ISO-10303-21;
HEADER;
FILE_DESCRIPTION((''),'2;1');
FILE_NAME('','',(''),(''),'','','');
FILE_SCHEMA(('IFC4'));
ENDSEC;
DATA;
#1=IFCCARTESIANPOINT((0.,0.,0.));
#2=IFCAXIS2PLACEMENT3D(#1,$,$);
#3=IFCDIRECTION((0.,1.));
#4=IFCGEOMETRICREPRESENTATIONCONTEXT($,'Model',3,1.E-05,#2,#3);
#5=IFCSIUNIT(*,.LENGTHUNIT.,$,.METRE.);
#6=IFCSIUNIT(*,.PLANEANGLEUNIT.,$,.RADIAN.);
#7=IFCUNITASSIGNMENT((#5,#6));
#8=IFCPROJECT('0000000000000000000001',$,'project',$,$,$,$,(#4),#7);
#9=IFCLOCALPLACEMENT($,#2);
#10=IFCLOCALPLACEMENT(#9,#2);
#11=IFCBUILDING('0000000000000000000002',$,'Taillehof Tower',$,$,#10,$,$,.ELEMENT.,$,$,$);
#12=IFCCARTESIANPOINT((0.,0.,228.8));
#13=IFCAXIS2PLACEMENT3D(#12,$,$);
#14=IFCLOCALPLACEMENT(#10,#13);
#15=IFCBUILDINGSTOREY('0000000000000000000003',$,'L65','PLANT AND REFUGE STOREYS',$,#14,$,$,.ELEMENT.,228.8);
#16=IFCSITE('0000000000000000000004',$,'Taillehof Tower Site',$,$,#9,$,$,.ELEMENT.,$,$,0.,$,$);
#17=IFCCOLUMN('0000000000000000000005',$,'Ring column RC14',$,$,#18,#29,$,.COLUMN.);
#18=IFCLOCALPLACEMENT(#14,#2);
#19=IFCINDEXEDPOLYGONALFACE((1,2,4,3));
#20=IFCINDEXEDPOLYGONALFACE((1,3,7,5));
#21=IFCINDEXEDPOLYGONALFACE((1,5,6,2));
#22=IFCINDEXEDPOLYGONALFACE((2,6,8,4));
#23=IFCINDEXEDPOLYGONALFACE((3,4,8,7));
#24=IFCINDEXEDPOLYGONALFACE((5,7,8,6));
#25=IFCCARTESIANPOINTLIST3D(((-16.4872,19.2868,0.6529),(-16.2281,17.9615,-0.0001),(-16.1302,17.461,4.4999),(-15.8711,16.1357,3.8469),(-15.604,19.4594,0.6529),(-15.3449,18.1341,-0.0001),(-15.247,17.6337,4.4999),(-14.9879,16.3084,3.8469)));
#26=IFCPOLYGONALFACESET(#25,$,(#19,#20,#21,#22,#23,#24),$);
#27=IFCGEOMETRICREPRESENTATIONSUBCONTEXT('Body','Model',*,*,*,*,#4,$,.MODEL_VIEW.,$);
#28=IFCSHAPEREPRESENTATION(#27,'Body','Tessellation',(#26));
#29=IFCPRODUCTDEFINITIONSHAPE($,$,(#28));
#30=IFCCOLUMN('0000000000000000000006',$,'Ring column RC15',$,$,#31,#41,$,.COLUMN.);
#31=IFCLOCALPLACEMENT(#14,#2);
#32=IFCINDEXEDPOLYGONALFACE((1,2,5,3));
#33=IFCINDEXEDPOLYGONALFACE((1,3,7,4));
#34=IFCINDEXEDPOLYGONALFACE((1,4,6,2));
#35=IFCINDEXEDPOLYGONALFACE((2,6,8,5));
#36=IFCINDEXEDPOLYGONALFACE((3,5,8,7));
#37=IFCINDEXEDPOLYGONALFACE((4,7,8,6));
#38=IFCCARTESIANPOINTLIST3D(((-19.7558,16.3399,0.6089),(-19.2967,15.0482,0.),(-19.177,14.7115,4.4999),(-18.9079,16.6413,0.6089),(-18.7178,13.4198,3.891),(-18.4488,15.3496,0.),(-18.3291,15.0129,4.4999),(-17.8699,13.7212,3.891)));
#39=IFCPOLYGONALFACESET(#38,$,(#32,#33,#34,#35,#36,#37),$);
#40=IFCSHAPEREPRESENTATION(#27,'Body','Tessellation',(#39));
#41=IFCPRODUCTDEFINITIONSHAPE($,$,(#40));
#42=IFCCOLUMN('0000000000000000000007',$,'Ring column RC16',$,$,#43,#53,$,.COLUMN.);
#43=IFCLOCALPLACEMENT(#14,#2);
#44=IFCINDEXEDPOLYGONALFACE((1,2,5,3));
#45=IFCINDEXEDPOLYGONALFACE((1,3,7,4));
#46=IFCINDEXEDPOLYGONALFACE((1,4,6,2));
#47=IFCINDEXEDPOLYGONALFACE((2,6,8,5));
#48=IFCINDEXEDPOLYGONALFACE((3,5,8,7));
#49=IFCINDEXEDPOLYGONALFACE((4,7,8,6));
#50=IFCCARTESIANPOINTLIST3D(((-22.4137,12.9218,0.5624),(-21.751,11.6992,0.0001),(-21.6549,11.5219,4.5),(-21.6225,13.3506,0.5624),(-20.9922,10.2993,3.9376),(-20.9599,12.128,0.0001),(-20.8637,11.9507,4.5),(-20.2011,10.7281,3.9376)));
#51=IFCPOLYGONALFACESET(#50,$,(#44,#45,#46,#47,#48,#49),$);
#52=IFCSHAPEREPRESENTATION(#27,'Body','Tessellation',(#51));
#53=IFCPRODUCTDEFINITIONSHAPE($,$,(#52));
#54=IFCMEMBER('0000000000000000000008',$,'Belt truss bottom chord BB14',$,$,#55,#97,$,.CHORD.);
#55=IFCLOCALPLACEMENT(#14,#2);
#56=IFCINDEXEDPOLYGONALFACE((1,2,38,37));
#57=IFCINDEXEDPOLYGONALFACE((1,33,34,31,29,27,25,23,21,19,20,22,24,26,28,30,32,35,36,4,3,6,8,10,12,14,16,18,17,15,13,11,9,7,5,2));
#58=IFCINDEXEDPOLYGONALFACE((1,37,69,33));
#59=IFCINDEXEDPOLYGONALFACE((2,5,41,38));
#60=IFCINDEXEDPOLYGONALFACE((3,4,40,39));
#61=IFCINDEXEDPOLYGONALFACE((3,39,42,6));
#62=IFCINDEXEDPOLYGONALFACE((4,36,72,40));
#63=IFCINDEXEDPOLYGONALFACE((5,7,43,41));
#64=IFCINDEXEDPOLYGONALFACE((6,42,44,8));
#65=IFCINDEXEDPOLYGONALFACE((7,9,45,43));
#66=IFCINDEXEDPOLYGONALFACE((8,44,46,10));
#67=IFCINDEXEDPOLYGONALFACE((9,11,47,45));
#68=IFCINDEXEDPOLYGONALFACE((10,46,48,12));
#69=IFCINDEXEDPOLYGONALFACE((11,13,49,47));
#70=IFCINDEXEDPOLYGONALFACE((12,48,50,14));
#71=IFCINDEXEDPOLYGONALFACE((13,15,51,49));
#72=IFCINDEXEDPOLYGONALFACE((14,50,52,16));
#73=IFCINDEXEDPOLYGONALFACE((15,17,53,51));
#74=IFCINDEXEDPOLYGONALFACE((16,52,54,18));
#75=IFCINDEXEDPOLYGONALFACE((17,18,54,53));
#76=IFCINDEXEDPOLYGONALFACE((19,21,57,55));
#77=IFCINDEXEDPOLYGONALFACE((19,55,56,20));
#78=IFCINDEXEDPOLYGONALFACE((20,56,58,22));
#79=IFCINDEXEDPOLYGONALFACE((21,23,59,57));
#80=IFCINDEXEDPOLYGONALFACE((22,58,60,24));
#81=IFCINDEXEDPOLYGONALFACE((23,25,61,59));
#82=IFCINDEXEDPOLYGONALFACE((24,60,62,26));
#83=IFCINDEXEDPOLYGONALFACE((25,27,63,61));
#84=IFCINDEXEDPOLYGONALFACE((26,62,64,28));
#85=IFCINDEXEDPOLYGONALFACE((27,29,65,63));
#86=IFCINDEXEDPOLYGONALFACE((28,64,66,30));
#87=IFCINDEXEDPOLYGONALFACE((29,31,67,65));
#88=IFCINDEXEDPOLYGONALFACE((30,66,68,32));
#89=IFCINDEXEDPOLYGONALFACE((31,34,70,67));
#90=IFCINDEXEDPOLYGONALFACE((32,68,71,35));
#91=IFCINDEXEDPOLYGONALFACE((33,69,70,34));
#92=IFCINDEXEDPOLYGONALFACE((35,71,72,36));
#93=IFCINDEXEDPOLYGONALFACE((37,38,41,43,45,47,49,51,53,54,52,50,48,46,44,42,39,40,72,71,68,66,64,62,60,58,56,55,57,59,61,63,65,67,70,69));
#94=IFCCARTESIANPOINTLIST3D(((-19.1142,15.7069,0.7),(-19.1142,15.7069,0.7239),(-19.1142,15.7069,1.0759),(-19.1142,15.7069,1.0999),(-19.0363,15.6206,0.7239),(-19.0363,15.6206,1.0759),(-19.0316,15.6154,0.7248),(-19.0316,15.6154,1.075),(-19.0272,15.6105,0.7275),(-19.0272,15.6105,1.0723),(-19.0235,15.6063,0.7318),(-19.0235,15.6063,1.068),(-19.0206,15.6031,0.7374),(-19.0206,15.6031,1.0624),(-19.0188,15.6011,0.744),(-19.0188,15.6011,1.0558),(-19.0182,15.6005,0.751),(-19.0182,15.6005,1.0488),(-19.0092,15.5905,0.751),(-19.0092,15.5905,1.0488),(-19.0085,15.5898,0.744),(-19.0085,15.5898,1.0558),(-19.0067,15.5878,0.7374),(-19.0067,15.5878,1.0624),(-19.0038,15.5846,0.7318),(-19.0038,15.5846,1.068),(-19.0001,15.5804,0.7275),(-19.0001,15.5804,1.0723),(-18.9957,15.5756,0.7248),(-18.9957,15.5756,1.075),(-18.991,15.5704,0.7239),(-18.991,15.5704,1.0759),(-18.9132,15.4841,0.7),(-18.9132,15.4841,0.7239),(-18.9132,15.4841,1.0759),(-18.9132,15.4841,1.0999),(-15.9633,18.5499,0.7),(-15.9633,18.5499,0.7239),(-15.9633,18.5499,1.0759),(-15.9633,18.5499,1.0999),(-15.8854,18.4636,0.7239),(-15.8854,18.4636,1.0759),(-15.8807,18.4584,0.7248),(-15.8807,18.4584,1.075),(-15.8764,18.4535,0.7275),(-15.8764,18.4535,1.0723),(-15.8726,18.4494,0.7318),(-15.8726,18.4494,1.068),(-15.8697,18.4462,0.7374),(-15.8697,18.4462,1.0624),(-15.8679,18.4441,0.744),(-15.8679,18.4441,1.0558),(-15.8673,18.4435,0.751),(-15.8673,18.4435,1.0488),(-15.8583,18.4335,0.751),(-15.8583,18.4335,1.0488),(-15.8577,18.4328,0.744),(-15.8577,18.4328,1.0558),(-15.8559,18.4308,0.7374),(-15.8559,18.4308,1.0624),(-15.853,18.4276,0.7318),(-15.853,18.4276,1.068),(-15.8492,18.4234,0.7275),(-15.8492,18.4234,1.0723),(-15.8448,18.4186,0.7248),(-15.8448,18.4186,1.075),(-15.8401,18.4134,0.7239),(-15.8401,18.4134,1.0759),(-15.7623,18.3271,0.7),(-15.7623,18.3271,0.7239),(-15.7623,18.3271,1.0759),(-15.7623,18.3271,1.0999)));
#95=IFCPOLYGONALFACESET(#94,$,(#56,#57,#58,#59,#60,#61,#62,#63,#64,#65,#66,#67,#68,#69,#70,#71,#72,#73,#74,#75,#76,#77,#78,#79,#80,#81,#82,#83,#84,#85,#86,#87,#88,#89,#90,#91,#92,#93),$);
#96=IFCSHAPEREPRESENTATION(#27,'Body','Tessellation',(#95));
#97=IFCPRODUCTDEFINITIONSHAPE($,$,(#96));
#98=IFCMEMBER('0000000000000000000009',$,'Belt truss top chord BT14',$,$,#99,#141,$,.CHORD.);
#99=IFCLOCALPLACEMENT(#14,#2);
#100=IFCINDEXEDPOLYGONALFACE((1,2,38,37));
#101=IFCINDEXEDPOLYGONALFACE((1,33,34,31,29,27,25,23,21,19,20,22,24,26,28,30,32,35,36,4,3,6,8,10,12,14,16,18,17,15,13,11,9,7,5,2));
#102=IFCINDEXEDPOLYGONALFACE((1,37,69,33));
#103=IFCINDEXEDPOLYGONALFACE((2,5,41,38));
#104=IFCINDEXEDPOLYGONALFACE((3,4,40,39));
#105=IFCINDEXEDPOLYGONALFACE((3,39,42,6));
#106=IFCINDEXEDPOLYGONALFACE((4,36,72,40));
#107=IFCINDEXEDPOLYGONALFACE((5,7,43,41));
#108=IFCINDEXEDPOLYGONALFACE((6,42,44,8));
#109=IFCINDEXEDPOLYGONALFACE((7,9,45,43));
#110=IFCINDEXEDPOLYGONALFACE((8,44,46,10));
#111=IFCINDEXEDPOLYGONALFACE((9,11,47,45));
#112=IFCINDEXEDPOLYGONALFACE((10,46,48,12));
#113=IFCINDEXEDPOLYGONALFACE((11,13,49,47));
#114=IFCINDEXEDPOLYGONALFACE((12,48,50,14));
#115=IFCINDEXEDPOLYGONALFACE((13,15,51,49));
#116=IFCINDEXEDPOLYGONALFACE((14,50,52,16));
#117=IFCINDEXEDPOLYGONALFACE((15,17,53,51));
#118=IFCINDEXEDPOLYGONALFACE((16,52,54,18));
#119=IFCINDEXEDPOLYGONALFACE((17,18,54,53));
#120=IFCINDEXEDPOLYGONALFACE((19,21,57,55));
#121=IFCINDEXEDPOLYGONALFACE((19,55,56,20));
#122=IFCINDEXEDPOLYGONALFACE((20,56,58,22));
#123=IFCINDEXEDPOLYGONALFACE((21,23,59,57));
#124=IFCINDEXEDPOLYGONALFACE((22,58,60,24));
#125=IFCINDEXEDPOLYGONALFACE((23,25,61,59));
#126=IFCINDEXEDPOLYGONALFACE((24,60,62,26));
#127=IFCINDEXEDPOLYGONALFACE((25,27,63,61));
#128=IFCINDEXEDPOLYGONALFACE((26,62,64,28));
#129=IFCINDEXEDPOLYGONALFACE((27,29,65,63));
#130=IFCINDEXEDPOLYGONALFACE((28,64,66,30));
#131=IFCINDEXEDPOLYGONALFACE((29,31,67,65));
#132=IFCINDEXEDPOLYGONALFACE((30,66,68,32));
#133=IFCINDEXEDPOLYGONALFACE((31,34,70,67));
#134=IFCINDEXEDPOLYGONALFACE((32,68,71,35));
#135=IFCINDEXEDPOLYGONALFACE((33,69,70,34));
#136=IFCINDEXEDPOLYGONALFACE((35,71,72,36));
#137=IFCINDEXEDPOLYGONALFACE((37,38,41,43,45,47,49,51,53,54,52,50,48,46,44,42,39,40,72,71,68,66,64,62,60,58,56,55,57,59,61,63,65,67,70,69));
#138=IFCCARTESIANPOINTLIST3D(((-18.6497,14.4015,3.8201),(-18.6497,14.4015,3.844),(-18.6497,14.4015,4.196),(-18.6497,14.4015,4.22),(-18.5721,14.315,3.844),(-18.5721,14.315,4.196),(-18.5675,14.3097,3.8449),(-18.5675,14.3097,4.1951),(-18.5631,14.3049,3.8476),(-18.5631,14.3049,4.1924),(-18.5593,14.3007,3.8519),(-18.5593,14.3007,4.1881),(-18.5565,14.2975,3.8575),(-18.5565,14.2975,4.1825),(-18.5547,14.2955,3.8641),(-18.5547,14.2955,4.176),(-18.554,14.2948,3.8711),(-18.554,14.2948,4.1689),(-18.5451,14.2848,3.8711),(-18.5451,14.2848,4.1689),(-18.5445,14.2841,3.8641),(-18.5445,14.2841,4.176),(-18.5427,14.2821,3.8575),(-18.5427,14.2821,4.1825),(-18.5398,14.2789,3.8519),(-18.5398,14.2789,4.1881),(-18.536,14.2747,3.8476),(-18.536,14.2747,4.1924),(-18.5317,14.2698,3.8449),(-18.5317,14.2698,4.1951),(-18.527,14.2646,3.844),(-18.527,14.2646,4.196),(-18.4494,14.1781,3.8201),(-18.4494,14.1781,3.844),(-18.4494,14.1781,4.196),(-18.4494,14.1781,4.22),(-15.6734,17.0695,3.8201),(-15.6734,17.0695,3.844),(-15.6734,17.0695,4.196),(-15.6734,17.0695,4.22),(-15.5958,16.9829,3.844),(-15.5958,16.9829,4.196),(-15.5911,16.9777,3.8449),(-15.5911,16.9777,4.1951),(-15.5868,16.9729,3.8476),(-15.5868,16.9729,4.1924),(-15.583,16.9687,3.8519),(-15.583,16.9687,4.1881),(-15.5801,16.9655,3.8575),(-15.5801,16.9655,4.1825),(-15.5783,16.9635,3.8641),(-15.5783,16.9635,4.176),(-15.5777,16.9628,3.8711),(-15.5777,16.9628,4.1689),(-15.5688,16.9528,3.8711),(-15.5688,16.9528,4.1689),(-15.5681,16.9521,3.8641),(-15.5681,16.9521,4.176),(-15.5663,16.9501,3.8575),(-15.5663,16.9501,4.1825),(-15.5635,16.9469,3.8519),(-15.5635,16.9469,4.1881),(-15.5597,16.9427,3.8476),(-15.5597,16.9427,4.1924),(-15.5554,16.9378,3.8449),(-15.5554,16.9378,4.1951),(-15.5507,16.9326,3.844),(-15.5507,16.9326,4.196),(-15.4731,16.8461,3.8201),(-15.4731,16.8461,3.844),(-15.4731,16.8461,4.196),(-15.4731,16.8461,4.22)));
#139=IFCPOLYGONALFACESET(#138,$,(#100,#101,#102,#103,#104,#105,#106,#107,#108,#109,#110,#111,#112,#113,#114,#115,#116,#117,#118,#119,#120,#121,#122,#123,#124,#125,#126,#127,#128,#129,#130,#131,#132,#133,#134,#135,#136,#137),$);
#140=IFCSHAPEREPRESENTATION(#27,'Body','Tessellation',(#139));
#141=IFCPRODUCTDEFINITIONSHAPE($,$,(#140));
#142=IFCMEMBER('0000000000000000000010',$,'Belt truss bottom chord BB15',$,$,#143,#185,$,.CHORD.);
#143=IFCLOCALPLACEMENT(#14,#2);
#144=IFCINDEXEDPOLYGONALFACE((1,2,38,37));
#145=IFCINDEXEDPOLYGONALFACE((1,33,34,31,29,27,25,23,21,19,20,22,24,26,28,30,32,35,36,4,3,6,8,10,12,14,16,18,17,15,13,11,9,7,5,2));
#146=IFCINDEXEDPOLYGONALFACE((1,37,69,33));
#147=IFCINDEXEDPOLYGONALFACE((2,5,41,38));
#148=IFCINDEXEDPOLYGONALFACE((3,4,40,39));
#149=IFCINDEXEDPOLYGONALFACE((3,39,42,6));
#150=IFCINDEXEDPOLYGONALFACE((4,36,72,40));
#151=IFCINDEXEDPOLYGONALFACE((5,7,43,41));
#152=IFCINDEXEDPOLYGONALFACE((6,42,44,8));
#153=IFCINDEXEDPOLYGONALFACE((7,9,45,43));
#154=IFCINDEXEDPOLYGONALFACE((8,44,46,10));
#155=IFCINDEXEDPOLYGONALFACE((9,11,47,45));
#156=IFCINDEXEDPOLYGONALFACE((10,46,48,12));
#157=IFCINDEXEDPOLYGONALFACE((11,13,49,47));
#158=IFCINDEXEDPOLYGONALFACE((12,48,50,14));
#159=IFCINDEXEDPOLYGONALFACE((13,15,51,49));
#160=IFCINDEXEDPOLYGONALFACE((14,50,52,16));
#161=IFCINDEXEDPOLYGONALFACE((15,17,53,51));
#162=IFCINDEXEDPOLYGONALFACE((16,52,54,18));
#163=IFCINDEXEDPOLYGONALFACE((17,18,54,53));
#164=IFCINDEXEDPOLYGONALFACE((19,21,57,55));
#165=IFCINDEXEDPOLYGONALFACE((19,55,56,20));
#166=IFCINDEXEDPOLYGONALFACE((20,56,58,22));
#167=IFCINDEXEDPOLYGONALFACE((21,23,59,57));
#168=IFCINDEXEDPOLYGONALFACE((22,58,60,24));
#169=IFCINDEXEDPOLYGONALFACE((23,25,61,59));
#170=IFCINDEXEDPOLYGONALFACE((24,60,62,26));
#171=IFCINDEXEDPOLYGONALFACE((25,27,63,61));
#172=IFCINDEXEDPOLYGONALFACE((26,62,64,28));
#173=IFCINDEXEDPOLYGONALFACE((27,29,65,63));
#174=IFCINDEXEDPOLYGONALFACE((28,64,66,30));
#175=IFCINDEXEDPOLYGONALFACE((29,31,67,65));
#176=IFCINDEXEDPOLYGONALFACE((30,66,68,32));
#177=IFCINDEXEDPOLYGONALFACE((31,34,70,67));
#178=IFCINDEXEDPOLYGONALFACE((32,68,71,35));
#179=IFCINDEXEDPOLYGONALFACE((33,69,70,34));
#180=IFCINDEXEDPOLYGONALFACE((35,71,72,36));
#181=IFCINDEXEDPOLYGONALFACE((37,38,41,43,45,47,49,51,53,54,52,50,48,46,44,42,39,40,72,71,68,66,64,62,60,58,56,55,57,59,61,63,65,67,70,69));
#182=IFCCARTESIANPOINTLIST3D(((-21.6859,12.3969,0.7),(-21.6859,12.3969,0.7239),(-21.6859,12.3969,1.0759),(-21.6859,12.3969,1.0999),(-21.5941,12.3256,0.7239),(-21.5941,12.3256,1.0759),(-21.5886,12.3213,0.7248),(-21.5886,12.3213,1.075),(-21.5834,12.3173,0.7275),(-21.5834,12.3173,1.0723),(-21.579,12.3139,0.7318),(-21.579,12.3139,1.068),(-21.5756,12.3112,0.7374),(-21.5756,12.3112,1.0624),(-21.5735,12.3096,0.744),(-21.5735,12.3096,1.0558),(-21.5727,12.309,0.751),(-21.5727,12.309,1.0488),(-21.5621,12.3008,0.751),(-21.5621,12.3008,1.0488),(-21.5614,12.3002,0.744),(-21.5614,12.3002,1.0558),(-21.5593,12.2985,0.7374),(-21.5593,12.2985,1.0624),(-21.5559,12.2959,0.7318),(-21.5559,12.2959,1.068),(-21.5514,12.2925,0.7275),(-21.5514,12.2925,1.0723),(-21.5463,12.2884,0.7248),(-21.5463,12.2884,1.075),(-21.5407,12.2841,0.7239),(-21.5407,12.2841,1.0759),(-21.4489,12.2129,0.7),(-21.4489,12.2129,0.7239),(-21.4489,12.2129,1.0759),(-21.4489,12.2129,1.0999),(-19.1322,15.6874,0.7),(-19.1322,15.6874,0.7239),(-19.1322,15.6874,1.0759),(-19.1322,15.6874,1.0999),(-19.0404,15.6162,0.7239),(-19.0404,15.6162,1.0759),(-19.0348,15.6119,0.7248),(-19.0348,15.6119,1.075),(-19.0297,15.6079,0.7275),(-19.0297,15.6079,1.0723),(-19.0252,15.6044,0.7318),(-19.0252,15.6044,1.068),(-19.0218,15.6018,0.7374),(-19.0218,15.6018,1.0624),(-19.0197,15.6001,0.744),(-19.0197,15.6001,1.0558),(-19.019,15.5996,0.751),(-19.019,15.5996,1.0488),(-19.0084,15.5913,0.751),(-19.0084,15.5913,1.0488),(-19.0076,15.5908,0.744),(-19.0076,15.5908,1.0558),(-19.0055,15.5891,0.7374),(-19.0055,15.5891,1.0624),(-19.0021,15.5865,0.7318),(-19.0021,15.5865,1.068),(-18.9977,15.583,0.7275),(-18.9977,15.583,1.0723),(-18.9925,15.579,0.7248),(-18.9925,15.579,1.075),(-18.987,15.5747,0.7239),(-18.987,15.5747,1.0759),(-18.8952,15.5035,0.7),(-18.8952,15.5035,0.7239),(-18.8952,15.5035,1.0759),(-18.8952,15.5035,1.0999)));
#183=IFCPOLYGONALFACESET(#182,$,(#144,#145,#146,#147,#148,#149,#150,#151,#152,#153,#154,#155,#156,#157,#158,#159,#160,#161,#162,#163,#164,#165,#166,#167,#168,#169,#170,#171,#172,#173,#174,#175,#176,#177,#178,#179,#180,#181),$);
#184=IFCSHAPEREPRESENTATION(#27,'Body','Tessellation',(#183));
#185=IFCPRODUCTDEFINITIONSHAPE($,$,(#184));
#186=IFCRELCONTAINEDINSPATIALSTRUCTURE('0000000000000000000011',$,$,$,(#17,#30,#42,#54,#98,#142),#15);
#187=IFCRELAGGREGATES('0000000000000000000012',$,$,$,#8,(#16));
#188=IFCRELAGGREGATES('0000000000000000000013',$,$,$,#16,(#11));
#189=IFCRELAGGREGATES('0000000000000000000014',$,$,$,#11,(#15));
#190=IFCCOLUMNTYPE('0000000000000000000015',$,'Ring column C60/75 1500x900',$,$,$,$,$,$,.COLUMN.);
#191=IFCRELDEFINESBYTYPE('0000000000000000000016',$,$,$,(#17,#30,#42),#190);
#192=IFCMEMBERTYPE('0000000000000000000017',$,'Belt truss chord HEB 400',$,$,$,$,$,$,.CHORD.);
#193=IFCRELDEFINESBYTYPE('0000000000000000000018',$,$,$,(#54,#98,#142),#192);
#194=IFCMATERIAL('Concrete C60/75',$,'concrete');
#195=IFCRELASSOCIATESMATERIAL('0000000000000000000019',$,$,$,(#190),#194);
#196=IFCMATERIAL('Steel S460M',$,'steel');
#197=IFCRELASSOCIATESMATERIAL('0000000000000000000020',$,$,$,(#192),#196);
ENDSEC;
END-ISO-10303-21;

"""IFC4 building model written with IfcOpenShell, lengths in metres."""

from ifc_helpers import new_model, si_unit, direction, frame, origin, origin_2d, place, context, subcontext, project, spatial, rectangle, i_section, extrude, material, material_profile, profile_set, type_object, element, save


model = new_model("IFC4")

# Units and contexts
model_context = context("Model", 3, precision=1e-05, world=origin(), true_north=direction((0.0, 1.0)))
body_context = subcontext(model_context, "Body", "Model", "MODEL_VIEW")
ifc_project = project(units=[si_unit("LENGTHUNIT", "METRE"), si_unit("PLANEANGLEUNIT", "RADIAN")], contexts=[model_context])

# Site, building, storey
site_placement = place(None, origin())
site = spatial("IfcSite", under=ifc_project, at=site_placement, Name="Taillehof Tower Site", CompositionType="ELEMENT", RefElevation=0.0)
building_placement = place(site_placement, origin())
building = spatial("IfcBuilding", under=site, at=building_placement, Name="Taillehof Tower", CompositionType="ELEMENT")
storey_placement = place(building_placement, frame((0.0, 0.0, 228.8)))
storey = spatial("IfcBuildingStorey", under=building, at=storey_placement, Name="L65", Description="PLANT AND REFUGE STOREYS", CompositionType="ELEMENT", Elevation=228.8)

# Columns
ifc_material_1 = material(Name="Concrete C60/75", Category="concrete")
ifc_material_profile_1 = material_profile(ifc_material_1, rectangle(XDim=1.5, YDim=0.8999, at=origin_2d()), Name="RC 1500x900")
ifc_profile_set_1 = profile_set([ifc_material_profile_1], Name="Concrete C60/75")
column_type = type_object("IfcColumnType", Name="Ring column C60/75 1500x900", PredefinedType="COLUMN", material=ifc_profile_set_1)
column_1_placement = place(storey_placement, frame((-15.916, 18.7104, 0.3264), z_axis=(0.08353, -0.427251, 0.900266), x_axis=(-0.172738, 0.883539, 0.43534)))
element("IfcColumn", 1, at=column_1_placement, inside=storey, type_object=column_type, Name="Ring column RC14", PredefinedType="COLUMN", context=body_context, shape_type="SweptSolid", body=[
    extrude(rectangle(XDim=1.5, YDim=0.8999, at=origin_2d()), origin(), (0.0, 0.0, 1.0), 4.2732),
])
column_2_placement = place(storey_placement, frame((-19.1023, 15.8447, 0.3044), z_axis=(0.135957, -0.382469, 0.913911), x_axis=(-0.306105, 0.861123, 0.405915)))
element("IfcColumn", 2, at=column_2_placement, inside=storey, type_object=column_type, Name="Ring column RC15", PredefinedType="COLUMN", context=body_context, shape_type="SweptSolid", body=[
    extrude(rectangle(XDim=1.5, YDim=0.8999, at=origin_2d()), origin(), (0.0, 0.0, 1.0), 4.2576),
])
column_3_placement = place(storey_placement, frame((-21.6868, 12.5249, 0.2812), z_axis=(0.178653, -0.3296, 0.927064), x_axis=(-0.441774, 0.815036, 0.374904)))
element("IfcColumn", 3, at=column_3_placement, inside=storey, type_object=column_type, Name="Ring column RC16", PredefinedType="COLUMN", context=body_context, shape_type="SweptSolid", body=[
    extrude(rectangle(XDim=1.5, YDim=0.8999, at=origin_2d()), origin(), (0.0, 0.0, 1.0), 4.2473),
])

# Members
ifc_material_2 = material(Name="Steel S460M", Category="steel")
ifc_material_profile_2 = material_profile(ifc_material_2, i_section(OverallWidth=0.3, OverallDepth=0.3999, WebThickness=0.0134, FlangeThickness=0.0239, FilletRadius=0.0271, at=origin_2d()), Name="HEB 400")
ifc_profile_set_2 = profile_set([ifc_material_profile_2], Name="Steel S460M")
member_type_1 = type_object("IfcMemberType", Name="Belt truss chord HEB 400", PredefinedType="CHORD", material=ifc_profile_set_2)
member_1_placement = place(storey_placement, frame((-15.8628, 18.4385, 0.8999), z_axis=(-0.742447, -0.669905, 0.0), x_axis=(0.669905, -0.742447, 0.0)))
element("IfcMember", 4, at=member_1_placement, inside=storey, type_object=member_type_1, Name="Belt truss bottom chord BB14", PredefinedType="CHORD", context=body_context, shape_type="SweptSolid", body=[
    extrude(i_section(OverallWidth=0.3, OverallDepth=0.3999, WebThickness=0.0134, FlangeThickness=0.0239, FilletRadius=0.0271, at=origin_2d()), origin(), (0.0, 0.0, 1.0), 4.2439),
])
member_2_placement = place(storey_placement, frame((-15.5732, 16.9578, 4.02), z_axis=(-0.744626, -0.667482, 0.0), x_axis=(0.667482, -0.744626, 0.0)))
element("IfcMember", 5, at=member_2_placement, inside=storey, type_object=member_type_1, Name="Belt truss top chord BT14", PredefinedType="CHORD", context=body_context, shape_type="SweptSolid", body=[
    extrude(i_section(OverallWidth=0.3, OverallDepth=0.3999, WebThickness=0.0134, FlangeThickness=0.0239, FilletRadius=0.0271, at=origin_2d()), origin(), (0.0, 0.0, 1.0), 3.9971),
])
member_3_placement = place(storey_placement, frame((-19.0137, 15.5955, 0.8999), z_axis=(-0.613104, -0.790002, 0.0), x_axis=(0.790002, -0.613104, 0.0)))
element("IfcMember", 6, at=member_3_placement, inside=storey, type_object=member_type_1, Name="Belt truss bottom chord BB15", PredefinedType="CHORD", context=body_context, shape_type="SweptSolid", body=[
    extrude(i_section(OverallWidth=0.3, OverallDepth=0.3999, WebThickness=0.0134, FlangeThickness=0.0239, FilletRadius=0.0271, at=origin_2d()), origin(), (0.0, 0.0, 1.0), 4.1653),
])

save(model, "model.ifc")
